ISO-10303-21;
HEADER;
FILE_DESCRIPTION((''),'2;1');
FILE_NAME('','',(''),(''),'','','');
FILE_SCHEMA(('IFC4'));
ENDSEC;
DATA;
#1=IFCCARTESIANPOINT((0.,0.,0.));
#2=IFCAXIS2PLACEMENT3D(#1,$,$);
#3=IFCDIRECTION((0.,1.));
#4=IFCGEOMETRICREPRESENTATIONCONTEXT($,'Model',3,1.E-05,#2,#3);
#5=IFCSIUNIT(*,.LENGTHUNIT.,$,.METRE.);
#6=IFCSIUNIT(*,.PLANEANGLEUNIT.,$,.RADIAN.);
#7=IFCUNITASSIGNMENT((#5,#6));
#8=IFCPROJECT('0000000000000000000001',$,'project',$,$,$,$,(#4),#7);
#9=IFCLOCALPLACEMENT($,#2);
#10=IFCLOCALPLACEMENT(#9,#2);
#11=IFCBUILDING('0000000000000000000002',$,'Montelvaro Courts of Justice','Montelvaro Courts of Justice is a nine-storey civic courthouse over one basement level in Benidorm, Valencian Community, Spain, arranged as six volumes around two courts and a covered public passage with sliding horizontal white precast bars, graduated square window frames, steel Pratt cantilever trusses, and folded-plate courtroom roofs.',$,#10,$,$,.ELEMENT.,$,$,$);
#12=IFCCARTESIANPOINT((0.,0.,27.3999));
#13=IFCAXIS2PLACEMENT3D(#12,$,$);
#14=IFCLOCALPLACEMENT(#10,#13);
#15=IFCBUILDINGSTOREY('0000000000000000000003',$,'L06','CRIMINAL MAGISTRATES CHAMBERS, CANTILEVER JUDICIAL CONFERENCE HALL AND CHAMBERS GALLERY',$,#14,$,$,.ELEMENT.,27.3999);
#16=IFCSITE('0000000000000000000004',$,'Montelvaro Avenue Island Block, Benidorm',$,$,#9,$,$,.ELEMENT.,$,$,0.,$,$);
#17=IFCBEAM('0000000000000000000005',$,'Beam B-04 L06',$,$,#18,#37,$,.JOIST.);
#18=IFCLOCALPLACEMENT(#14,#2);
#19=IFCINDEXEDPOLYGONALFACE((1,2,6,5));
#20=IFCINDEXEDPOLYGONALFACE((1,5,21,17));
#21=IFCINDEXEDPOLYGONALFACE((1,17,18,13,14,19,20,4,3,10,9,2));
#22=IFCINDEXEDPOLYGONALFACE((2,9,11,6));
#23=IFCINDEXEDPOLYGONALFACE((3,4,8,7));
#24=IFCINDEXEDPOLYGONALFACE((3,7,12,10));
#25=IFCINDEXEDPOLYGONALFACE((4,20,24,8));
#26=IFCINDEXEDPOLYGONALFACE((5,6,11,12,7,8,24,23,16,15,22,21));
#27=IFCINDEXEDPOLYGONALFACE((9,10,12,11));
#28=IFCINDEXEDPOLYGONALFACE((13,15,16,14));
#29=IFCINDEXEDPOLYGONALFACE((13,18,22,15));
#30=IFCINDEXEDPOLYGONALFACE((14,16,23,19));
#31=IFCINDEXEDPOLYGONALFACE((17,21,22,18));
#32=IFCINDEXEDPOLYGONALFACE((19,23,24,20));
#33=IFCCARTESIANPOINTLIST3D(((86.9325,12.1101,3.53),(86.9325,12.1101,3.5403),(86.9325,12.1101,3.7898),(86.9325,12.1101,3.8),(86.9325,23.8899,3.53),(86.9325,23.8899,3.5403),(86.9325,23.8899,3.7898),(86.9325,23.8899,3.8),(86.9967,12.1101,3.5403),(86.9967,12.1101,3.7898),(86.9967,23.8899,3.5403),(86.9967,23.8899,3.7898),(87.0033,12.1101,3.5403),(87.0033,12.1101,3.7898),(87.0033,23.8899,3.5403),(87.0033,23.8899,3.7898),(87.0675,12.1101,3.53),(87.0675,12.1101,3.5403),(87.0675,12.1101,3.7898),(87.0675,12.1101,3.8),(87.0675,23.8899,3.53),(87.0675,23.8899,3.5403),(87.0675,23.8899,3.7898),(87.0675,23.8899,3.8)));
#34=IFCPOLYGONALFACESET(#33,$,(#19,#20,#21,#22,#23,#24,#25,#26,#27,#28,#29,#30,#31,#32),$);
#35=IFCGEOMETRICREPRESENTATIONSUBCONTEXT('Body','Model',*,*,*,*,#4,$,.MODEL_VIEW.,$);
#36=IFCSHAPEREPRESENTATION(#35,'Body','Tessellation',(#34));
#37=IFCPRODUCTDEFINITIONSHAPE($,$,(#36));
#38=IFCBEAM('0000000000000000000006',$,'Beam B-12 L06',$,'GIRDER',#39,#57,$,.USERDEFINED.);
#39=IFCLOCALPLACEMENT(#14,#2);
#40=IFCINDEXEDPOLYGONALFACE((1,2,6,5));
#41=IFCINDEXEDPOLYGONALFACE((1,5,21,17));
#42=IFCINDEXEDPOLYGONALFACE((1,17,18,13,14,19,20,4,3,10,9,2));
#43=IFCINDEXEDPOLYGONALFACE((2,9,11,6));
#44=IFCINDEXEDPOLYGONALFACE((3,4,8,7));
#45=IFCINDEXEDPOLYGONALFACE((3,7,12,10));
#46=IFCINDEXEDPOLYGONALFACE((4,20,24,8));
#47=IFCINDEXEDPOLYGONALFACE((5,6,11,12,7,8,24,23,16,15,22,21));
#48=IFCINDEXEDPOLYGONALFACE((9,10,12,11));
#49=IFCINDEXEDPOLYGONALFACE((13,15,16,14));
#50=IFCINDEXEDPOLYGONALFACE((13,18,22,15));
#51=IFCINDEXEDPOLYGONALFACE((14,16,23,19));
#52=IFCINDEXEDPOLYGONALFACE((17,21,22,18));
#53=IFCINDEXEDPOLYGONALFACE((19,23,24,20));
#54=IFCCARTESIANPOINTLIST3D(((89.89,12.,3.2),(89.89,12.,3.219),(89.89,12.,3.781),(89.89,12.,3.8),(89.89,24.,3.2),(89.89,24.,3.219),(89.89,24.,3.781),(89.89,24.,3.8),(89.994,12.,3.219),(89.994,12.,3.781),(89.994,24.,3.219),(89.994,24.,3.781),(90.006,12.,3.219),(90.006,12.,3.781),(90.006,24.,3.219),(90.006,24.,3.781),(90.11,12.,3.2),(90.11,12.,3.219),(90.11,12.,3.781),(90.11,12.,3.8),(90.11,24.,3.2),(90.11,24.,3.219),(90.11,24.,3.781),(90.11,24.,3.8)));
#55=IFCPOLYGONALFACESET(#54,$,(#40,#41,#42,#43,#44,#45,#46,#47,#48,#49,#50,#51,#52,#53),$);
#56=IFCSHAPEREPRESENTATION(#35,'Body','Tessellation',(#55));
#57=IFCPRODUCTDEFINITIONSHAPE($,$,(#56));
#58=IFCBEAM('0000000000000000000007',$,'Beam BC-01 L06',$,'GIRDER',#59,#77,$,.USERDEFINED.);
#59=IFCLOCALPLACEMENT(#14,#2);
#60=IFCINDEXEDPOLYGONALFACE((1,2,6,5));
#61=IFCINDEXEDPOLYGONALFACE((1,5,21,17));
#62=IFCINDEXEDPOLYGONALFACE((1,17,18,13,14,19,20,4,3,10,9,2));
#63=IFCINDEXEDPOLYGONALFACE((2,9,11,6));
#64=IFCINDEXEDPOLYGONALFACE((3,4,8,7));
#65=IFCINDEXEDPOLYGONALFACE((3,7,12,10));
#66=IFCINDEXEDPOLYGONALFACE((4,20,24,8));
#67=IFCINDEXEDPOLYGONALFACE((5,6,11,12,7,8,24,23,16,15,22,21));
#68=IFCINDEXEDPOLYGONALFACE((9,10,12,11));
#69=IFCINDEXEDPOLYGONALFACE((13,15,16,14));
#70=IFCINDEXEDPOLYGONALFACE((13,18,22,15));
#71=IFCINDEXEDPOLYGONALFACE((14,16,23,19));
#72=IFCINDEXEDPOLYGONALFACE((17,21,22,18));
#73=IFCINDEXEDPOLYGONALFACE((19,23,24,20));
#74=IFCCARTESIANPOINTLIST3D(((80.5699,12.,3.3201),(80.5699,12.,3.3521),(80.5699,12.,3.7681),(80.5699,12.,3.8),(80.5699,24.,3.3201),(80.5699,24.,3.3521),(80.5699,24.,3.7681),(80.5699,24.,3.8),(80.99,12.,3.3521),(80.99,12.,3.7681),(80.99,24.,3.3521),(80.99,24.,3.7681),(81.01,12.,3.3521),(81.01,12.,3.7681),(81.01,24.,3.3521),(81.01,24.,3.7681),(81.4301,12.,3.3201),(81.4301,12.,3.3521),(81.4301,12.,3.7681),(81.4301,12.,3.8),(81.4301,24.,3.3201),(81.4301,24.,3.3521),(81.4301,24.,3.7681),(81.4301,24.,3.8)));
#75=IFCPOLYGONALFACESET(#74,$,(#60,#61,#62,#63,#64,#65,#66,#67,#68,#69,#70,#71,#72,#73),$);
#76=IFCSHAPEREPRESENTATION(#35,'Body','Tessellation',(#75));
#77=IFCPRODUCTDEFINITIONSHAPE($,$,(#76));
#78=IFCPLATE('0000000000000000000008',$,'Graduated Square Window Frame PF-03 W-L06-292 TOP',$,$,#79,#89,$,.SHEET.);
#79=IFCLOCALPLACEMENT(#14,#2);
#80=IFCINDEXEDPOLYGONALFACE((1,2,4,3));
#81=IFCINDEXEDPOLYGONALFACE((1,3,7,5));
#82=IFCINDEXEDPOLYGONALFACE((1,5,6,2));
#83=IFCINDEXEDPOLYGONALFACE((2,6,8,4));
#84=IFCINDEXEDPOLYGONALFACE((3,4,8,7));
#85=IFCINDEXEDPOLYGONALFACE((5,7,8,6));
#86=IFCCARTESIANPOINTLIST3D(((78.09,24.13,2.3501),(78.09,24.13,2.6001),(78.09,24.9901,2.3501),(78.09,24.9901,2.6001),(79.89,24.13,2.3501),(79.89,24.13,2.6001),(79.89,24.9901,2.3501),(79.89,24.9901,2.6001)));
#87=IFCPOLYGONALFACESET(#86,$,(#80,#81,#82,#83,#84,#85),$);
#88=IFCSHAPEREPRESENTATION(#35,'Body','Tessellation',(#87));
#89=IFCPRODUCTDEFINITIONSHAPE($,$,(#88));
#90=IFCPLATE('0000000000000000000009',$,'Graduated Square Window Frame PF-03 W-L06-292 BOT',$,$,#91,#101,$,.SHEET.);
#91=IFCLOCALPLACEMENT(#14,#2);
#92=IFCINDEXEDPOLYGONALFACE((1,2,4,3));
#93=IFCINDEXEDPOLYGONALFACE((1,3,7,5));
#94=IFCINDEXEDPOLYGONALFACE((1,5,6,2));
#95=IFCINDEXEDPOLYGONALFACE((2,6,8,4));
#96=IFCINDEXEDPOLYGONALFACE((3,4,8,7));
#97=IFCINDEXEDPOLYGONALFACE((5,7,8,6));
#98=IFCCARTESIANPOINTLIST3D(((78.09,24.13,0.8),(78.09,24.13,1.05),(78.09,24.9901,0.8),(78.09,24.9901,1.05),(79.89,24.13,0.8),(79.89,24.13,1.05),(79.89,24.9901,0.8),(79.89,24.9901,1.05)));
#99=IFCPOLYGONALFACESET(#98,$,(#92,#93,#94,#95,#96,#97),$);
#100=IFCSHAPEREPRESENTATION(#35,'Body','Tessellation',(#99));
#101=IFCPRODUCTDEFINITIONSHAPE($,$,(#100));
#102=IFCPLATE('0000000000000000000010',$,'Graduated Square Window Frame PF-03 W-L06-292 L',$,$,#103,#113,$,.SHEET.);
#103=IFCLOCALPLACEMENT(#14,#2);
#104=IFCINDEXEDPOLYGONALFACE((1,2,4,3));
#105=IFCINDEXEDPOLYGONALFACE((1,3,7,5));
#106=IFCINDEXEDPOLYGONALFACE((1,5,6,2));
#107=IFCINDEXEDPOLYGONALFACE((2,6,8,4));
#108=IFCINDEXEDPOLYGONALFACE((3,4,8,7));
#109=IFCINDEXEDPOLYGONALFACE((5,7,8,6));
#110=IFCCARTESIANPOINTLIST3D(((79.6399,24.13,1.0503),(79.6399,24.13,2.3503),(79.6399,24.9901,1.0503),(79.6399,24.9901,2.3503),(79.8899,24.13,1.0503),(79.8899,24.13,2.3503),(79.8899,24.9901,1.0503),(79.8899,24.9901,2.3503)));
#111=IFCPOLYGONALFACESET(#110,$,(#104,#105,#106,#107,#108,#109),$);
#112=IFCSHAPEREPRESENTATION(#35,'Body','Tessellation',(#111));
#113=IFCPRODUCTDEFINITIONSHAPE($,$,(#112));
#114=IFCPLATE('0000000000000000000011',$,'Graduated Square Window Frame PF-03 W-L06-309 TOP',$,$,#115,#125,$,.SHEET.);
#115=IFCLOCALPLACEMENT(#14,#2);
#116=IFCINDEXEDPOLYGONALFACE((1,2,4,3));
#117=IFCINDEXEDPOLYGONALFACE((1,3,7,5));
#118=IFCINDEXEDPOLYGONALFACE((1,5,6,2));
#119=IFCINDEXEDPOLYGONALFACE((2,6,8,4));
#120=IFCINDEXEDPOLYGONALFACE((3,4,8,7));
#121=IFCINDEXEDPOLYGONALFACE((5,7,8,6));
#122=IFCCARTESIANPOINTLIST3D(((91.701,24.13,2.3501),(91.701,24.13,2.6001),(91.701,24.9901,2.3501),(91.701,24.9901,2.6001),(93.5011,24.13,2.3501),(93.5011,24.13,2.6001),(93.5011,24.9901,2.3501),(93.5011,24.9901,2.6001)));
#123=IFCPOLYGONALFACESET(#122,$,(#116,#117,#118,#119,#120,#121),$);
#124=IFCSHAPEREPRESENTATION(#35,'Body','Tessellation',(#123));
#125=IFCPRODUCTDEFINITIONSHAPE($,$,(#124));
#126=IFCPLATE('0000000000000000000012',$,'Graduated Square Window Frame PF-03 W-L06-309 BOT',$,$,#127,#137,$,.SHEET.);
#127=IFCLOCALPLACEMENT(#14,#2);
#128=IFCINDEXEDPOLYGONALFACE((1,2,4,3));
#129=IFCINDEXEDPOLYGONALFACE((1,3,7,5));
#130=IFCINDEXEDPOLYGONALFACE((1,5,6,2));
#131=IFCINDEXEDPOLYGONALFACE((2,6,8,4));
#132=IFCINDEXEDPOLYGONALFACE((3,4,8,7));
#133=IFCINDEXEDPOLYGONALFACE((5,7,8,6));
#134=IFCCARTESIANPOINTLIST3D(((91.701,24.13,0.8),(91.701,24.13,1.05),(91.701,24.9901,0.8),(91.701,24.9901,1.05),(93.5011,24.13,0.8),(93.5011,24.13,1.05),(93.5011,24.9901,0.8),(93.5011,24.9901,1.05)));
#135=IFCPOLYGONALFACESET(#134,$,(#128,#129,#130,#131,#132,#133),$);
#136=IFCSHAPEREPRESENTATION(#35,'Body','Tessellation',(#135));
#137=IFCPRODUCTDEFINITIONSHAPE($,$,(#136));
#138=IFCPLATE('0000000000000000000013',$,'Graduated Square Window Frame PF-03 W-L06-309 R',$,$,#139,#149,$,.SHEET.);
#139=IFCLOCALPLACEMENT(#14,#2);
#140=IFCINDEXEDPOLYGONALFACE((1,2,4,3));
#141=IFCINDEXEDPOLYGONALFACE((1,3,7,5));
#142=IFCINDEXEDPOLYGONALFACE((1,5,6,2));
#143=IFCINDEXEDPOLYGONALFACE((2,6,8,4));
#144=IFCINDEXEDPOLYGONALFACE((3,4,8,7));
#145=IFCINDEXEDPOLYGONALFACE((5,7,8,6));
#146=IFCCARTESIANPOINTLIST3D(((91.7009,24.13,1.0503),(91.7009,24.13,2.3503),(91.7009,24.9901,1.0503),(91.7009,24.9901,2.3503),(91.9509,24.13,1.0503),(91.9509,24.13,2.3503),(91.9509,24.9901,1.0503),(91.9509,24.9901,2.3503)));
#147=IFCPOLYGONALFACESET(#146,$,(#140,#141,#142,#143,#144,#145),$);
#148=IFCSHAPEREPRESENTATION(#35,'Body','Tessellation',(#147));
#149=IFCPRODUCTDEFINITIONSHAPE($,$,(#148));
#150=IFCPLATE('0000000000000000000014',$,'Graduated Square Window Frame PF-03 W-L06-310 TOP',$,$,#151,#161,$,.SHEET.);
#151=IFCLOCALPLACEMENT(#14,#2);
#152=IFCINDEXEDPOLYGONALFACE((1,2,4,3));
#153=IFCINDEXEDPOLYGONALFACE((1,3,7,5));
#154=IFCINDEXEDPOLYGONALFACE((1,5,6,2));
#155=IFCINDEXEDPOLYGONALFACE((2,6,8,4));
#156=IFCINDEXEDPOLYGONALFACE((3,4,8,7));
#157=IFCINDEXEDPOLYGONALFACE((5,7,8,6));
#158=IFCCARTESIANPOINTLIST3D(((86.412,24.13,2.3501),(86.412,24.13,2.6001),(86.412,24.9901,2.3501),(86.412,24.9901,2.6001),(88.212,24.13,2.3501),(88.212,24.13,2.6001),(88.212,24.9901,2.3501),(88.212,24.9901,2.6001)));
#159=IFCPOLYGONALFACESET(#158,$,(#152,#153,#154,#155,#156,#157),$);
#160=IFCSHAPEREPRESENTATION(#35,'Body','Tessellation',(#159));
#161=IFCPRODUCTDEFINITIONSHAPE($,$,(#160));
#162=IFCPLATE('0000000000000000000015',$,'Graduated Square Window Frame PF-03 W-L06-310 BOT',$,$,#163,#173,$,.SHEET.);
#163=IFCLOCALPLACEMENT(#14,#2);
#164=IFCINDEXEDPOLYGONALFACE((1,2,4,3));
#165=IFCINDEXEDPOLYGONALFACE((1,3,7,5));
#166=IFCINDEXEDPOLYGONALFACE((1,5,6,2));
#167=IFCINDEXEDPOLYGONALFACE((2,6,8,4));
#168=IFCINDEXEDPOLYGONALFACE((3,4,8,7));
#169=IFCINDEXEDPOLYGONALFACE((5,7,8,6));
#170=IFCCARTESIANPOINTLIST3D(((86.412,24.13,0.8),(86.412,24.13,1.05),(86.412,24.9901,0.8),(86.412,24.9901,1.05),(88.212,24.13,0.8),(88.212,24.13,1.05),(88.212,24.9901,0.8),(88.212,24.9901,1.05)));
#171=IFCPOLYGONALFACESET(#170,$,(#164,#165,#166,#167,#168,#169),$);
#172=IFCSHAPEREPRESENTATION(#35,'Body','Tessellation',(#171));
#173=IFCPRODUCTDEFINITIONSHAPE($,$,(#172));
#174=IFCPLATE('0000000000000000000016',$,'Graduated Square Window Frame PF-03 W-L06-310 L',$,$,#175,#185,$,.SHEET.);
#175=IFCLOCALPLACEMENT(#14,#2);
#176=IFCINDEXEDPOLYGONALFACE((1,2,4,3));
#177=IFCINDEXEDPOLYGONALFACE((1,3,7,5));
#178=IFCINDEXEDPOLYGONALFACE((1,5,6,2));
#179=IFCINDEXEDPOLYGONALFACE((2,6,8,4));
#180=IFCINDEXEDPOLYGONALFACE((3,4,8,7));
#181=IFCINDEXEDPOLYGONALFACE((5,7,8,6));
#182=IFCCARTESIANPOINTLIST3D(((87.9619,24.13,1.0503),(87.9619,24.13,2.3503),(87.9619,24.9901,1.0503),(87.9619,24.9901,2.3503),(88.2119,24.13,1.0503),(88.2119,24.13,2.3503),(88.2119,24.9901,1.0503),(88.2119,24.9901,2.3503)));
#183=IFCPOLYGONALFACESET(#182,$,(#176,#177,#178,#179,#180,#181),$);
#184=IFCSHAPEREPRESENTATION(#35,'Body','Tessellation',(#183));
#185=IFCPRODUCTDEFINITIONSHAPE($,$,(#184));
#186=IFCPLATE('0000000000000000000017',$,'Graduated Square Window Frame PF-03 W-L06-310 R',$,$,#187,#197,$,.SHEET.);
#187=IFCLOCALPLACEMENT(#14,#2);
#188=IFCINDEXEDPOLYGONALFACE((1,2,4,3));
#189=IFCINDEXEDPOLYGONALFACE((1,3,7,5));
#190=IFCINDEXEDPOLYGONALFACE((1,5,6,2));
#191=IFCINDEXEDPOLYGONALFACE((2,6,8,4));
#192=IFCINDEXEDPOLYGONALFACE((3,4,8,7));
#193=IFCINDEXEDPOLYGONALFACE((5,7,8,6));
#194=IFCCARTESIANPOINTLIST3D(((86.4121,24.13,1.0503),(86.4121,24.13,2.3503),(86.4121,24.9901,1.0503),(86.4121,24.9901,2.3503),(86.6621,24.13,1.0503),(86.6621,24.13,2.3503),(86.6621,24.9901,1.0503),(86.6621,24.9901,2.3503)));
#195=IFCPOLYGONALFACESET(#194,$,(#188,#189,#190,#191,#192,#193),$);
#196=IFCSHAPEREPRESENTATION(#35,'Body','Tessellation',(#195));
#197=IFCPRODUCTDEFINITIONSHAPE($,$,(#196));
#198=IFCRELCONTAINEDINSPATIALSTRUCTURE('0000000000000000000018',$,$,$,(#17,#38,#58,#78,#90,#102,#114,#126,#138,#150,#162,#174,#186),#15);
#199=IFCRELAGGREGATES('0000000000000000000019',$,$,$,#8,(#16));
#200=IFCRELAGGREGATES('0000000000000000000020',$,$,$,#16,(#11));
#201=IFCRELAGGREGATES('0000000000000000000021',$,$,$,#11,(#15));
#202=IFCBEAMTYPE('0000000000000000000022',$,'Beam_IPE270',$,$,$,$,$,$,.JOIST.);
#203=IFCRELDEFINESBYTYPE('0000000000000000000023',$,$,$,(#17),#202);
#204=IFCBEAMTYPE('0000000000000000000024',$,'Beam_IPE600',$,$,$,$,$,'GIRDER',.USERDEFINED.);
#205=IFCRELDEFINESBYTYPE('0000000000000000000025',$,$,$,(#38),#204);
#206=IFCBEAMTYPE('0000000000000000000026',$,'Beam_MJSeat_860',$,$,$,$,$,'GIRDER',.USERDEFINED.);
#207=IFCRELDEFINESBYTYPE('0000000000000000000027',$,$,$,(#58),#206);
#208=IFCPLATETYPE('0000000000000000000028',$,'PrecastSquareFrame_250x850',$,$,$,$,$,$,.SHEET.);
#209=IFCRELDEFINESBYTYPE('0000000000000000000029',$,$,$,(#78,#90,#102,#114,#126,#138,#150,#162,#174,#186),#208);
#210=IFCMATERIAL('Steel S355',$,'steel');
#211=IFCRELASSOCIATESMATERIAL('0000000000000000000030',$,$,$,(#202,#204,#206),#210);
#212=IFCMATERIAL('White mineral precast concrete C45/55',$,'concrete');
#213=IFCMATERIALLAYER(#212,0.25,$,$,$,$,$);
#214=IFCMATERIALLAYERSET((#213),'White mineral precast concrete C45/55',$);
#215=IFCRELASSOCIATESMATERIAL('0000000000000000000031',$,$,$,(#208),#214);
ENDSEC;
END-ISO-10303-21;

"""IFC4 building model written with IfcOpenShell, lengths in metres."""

from ifc_helpers import new_model, si_unit, direction, frame, origin, origin_2d, place, context, subcontext, project, spatial, rectangle, i_section, extrude, material, layer, layer_set, material_profile, profile_set, type_object, element, save


model = new_model("IFC4")

# Units and contexts
model_context = context("Model", 3, precision=1e-05, world=origin(), true_north=direction((0.0, 1.0)))
body_context = subcontext(model_context, "Body", "Model", "MODEL_VIEW")
ifc_project = project(units=[si_unit("LENGTHUNIT", "METRE"), si_unit("PLANEANGLEUNIT", "RADIAN")], contexts=[model_context])

# Site, building, storey
site_placement = place(None, origin())
site = spatial("IfcSite", under=ifc_project, at=site_placement, Name="Montelvaro Avenue Island Block, Benidorm", CompositionType="ELEMENT", RefElevation=0.0)
building_placement = place(site_placement, origin())
building = spatial("IfcBuilding", under=site, at=building_placement, Name="Montelvaro Courts of Justice", Description="Montelvaro Courts of Justice is a nine-storey civic courthouse over one basement level in Benidorm, Valencian Community, Spain, arranged as six volumes around two courts and a covered public passage with sliding horizontal white precast bars, graduated square window frames, steel Pratt cantilever trusses, and folded-plate courtroom roofs.", CompositionType="ELEMENT")
storey_placement = place(building_placement, frame((0.0, 0.0, 27.3999)))
storey = spatial("IfcBuildingStorey", under=building, at=storey_placement, Name="L06", Description="CRIMINAL MAGISTRATES CHAMBERS, CANTILEVER JUDICIAL CONFERENCE HALL AND CHAMBERS GALLERY", CompositionType="ELEMENT", Elevation=27.3999)

# Shared definitions
ifc_material_1 = material(Name="Steel S355", Category="steel")

# Beams
ifc_material_profile_1 = material_profile(ifc_material_1, i_section(OverallWidth=0.135, OverallDepth=0.27, WebThickness=0.0066, FlangeThickness=0.0103, at=origin_2d()), Name="IPE 270")
ifc_profile_set_1 = profile_set([ifc_material_profile_1], Name="Steel S355")
beam_type_1 = type_object("IfcBeamType", Name="Beam_IPE270", PredefinedType="JOIST", material=ifc_profile_set_1)
beam_1_placement = place(storey_placement, frame((87.0, 12.1101, 3.665), z_axis=(0.0, 1.0, 0.0), x_axis=(-1.0, 0.0, 0.0)))
element("IfcBeam", 1, at=beam_1_placement, inside=storey, type_object=beam_type_1, Name="Beam B-04 L06", PredefinedType="JOIST", context=body_context, shape_type="SweptSolid", body=[
    extrude(i_section(OverallWidth=0.135, OverallDepth=0.27, WebThickness=0.0066, FlangeThickness=0.0103, at=origin_2d()), origin(), (0.0, 0.0, 1.0), 11.7798),
])
ifc_material_profile_2 = material_profile(ifc_material_1, i_section(OverallWidth=0.22, OverallDepth=0.6001, WebThickness=0.012, FlangeThickness=0.019, at=origin_2d()), Name="IPE 600")
ifc_profile_set_2 = profile_set([ifc_material_profile_2], Name="Steel S355")
beam_type_2 = type_object("IfcBeamType", Name="Beam_IPE600", ElementType="GIRDER", PredefinedType="USERDEFINED", material=ifc_profile_set_2)
beam_2_placement = place(storey_placement, frame((90.0, 12.0, 3.5), z_axis=(0.0, 1.0, 0.0), x_axis=(-1.0, 0.0, 0.0)))
element("IfcBeam", 2, at=beam_2_placement, inside=storey, type_object=beam_type_2, Name="Beam B-12 L06", ObjectType="GIRDER", PredefinedType="USERDEFINED", context=body_context, shape_type="SweptSolid", body=[
    extrude(i_section(OverallWidth=0.22, OverallDepth=0.6001, WebThickness=0.012, FlangeThickness=0.019, at=origin_2d()), origin(), (0.0, 0.0, 1.0), 12.0),
])
ifc_material_profile_3 = material_profile(ifc_material_1, i_section(OverallWidth=0.8601, OverallDepth=0.48, WebThickness=0.02, FlangeThickness=0.032, at=origin_2d()), Name="HL 480x860")
ifc_profile_set_3 = profile_set([ifc_material_profile_3], Name="Steel S355")
beam_type_3 = type_object("IfcBeamType", Name="Beam_MJSeat_860", ElementType="GIRDER", PredefinedType="USERDEFINED", material=ifc_profile_set_3)
beam_3_placement = place(storey_placement, frame((81.0, 12.0, 3.5601), z_axis=(0.0, 1.0, 0.0), x_axis=(-1.0, 0.0, 0.0)))
element("IfcBeam", 3, at=beam_3_placement, inside=storey, type_object=beam_type_3, Name="Beam BC-01 L06", ObjectType="GIRDER", PredefinedType="USERDEFINED", context=body_context, shape_type="SweptSolid", body=[
    extrude(i_section(OverallWidth=0.8601, OverallDepth=0.48, WebThickness=0.02, FlangeThickness=0.032, at=origin_2d()), origin(), (0.0, 0.0, 1.0), 12.0),
])

# Plates
ifc_material_2 = material(Name="White mineral precast concrete C45/55", Category="concrete")
ifc_layer_1 = layer(ifc_material_2, 0.25)
ifc_layer_set_1 = layer_set([ifc_layer_1], Name="White mineral precast concrete C45/55")
plate_type = type_object("IfcPlateType", Name="PrecastSquareFrame_250x850", PredefinedType="SHEET", material=ifc_layer_set_1)
for number, where, z_axis, x_axis, name in (
    (4, (78.99, 24.5601, 2.3501), (0.0, 0.0, 1.0), (-1.0, 0.0, 0.0), "Graduated Square Window Frame PF-03 W-L06-292 TOP"),
    (5, (78.99, 24.5601, 0.8), (0.0, 0.0, 1.0), (-1.0, 0.0, 0.0), "Graduated Square Window Frame PF-03 W-L06-292 BOT"),
):
    element("IfcPlate", number, at=place(storey_placement, frame(where, z_axis=z_axis, x_axis=x_axis)), inside=storey, type_object=plate_type, Name=name, PredefinedType="SHEET", context=body_context, shape_type="SweptSolid", body=[
        extrude(rectangle(XDim=1.8, YDim=0.8601, at=origin_2d()), origin(), (0.0, 0.0, 1.0), 0.25),
    ])
plate_1_placement = place(storey_placement, frame((79.7649, 24.5601, 1.0503), z_axis=(0.0, 0.0, 1.0), x_axis=(-1.0, 0.0, 0.0)))
element("IfcPlate", 6, at=plate_1_placement, inside=storey, type_object=plate_type, Name="Graduated Square Window Frame PF-03 W-L06-292 L", PredefinedType="SHEET", context=body_context, shape_type="SweptSolid", body=[
    extrude(rectangle(XDim=0.25, YDim=0.8601, at=origin_2d()), origin(), (0.0, 0.0, 1.0), 1.3),
])
for number, where, z_axis, x_axis, name in (
    (7, (92.6011, 24.5601, 2.3501), (0.0, 0.0, 1.0), (-1.0, 0.0, 0.0), "Graduated Square Window Frame PF-03 W-L06-309 TOP"),
    (8, (92.6011, 24.5601, 0.8), (0.0, 0.0, 1.0), (-1.0, 0.0, 0.0), "Graduated Square Window Frame PF-03 W-L06-309 BOT"),
):
    element("IfcPlate", number, at=place(storey_placement, frame(where, z_axis=z_axis, x_axis=x_axis)), inside=storey, type_object=plate_type, Name=name, PredefinedType="SHEET", context=body_context, shape_type="SweptSolid", body=[
        extrude(rectangle(XDim=1.8, YDim=0.8601, at=origin_2d()), origin(), (0.0, 0.0, 1.0), 0.25),
    ])
plate_2_placement = place(storey_placement, frame((91.8259, 24.5601, 1.0503), z_axis=(0.0, 0.0, 1.0), x_axis=(-1.0, 0.0, 0.0)))
element("IfcPlate", 9, at=plate_2_placement, inside=storey, type_object=plate_type, Name="Graduated Square Window Frame PF-03 W-L06-309 R", PredefinedType="SHEET", context=body_context, shape_type="SweptSolid", body=[
    extrude(rectangle(XDim=0.25, YDim=0.8601, at=origin_2d()), origin(), (0.0, 0.0, 1.0), 1.3),
])
for number, where, z_axis, x_axis, name in (
    (10, (87.312, 24.5601, 2.3501), (0.0, 0.0, 1.0), (-1.0, 0.0, 0.0), "Graduated Square Window Frame PF-03 W-L06-310 TOP"),
    (11, (87.312, 24.5601, 0.8), (0.0, 0.0, 1.0), (-1.0, 0.0, 0.0), "Graduated Square Window Frame PF-03 W-L06-310 BOT"),
):
    element("IfcPlate", number, at=place(storey_placement, frame(where, z_axis=z_axis, x_axis=x_axis)), inside=storey, type_object=plate_type, Name=name, PredefinedType="SHEET", context=body_context, shape_type="SweptSolid", body=[
        extrude(rectangle(XDim=1.8, YDim=0.8601, at=origin_2d()), origin(), (0.0, 0.0, 1.0), 0.25),
    ])
for number, where, z_axis, x_axis, name in (
    (12, (88.0869, 24.5601, 1.0503), (0.0, 0.0, 1.0), (-1.0, 0.0, 0.0), "Graduated Square Window Frame PF-03 W-L06-310 L"),
    (13, (86.5371, 24.5601, 1.0503), (0.0, 0.0, 1.0), (-1.0, 0.0, 0.0), "Graduated Square Window Frame PF-03 W-L06-310 R"),
):
    element("IfcPlate", number, at=place(storey_placement, frame(where, z_axis=z_axis, x_axis=x_axis)), inside=storey, type_object=plate_type, Name=name, PredefinedType="SHEET", context=body_context, shape_type="SweptSolid", body=[
        extrude(rectangle(XDim=0.25, YDim=0.8601, at=origin_2d()), origin(), (0.0, 0.0, 1.0), 1.3),
    ])

save(model, "model.ifc")
